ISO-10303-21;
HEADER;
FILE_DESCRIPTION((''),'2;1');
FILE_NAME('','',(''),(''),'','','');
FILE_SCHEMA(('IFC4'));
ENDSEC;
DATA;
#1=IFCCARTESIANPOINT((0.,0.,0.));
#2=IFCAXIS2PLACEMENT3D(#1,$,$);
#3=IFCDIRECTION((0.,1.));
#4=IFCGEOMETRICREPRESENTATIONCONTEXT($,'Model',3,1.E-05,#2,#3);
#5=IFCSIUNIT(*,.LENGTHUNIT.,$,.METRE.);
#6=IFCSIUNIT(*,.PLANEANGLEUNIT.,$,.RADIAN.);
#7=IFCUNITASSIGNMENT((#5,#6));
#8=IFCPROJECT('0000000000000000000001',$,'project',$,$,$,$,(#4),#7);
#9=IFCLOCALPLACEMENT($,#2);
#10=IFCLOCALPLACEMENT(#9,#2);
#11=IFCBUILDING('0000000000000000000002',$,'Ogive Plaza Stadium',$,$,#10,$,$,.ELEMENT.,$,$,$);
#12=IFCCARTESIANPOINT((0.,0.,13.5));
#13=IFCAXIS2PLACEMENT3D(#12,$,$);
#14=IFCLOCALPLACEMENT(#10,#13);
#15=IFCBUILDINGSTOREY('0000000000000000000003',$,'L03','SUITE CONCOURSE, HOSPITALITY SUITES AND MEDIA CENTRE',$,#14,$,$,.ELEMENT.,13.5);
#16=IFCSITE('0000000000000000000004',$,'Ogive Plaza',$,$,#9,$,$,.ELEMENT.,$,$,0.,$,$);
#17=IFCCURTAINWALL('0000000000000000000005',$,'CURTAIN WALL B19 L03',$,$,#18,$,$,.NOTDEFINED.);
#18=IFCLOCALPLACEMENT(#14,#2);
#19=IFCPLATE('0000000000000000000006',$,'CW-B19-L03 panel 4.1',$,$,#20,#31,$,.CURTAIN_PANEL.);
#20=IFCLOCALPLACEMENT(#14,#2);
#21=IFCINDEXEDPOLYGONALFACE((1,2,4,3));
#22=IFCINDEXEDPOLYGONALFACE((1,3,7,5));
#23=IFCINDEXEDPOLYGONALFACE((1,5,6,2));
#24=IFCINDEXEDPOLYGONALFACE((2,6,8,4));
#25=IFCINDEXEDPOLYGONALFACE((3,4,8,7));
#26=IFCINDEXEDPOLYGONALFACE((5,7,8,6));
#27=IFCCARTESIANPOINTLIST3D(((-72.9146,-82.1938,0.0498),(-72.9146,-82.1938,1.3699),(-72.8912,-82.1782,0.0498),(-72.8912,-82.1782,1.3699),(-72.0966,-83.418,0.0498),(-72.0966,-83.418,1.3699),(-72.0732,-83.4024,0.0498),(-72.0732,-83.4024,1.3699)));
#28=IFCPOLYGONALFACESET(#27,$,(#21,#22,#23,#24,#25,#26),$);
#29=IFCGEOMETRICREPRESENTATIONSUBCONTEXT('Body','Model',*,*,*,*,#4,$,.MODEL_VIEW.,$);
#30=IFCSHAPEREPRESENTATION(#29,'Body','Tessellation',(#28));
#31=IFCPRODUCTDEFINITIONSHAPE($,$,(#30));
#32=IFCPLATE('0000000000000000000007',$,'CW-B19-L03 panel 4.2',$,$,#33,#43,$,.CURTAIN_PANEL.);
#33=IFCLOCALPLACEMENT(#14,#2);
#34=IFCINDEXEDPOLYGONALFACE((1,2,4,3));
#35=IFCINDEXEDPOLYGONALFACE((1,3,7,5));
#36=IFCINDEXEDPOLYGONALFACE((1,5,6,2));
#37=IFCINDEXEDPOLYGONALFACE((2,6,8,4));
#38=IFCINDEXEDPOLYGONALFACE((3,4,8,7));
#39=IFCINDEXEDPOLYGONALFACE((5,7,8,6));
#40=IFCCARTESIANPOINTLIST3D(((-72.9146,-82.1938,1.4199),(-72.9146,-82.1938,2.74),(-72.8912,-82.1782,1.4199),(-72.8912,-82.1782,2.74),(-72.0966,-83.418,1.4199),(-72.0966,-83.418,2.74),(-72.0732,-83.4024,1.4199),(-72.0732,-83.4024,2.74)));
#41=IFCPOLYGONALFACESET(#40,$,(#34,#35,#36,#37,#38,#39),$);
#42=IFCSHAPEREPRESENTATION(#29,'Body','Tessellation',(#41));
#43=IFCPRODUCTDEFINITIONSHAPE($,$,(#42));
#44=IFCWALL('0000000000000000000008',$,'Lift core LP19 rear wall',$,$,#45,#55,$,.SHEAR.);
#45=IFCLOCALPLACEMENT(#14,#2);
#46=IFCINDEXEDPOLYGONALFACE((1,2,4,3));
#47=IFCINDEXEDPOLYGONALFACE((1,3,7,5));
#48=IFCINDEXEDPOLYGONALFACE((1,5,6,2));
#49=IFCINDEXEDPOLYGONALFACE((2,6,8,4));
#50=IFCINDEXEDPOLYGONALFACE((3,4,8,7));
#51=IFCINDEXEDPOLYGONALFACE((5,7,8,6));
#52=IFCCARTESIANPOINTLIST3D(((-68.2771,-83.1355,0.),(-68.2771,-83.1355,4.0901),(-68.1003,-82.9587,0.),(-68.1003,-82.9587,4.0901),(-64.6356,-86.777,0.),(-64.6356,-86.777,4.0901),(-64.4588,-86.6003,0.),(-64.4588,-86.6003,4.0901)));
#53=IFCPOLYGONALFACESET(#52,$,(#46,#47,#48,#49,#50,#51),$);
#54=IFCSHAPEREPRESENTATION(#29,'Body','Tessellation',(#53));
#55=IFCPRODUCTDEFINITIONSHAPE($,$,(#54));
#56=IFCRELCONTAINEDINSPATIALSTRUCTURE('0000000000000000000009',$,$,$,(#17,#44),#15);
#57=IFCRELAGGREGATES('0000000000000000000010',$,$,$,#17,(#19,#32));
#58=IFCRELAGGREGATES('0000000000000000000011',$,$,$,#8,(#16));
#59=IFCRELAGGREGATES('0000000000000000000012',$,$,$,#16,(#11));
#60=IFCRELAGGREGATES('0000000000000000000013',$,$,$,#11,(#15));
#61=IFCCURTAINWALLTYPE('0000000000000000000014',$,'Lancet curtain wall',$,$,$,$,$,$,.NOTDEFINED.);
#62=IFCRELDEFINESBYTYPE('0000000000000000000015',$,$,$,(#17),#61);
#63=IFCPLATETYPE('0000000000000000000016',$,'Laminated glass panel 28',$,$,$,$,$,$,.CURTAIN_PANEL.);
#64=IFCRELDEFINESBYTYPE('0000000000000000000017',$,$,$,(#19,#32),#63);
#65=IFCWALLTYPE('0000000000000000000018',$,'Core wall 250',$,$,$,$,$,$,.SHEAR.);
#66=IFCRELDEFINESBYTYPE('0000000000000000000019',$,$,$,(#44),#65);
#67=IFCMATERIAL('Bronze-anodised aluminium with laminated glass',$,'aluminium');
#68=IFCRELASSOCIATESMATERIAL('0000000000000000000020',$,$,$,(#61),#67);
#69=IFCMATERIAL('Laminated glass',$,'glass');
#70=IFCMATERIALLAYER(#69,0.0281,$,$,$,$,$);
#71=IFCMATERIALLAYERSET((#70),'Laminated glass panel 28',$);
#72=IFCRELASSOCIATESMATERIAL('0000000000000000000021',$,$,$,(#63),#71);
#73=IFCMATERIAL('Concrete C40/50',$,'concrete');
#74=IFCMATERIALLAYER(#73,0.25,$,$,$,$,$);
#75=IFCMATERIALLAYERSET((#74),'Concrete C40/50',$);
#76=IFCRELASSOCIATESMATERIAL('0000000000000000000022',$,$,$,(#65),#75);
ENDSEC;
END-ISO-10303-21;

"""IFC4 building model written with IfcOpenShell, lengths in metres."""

from ifc_helpers import new_model, si_unit, direction, frame, frame_2d, origin, origin_2d, place, context, subcontext, project, spatial, rectangle, extrude, material, layer, layer_set, type_object, element, aggregate, save


model = new_model("IFC4")

# Units and contexts
model_context = context("Model", 3, precision=1e-05, world=origin(), true_north=direction((0.0, 1.0)))
body_context = subcontext(model_context, "Body", "Model", "MODEL_VIEW")
ifc_project = project(units=[si_unit("LENGTHUNIT", "METRE"), si_unit("PLANEANGLEUNIT", "RADIAN")], contexts=[model_context])

# Site, building, storey
site_placement = place(None, origin())
site = spatial("IfcSite", under=ifc_project, at=site_placement, Name="Ogive Plaza", CompositionType="ELEMENT", RefElevation=0.0)
building_placement = place(site_placement, origin())
building = spatial("IfcBuilding", under=site, at=building_placement, Name="Ogive Plaza Stadium", CompositionType="ELEMENT")
storey_placement = place(building_placement, frame((0.0, 0.0, 13.5)))
storey = spatial("IfcBuildingStorey", under=building, at=storey_placement, Name="L03", Description="SUITE CONCOURSE, HOSPITALITY SUITES AND MEDIA CENTRE", CompositionType="ELEMENT", Elevation=13.5)

# Shared definitions
ifc_material_1 = material(Name="Bronze-anodised aluminium with laminated glass", Category="aluminium")
curtain_wall_type = type_object("IfcCurtainWallType", Name="Lancet curtain wall", PredefinedType="NOTDEFINED", material=ifc_material_1)

# Curtain wall
curtain_wall_1_placement = place(storey_placement, origin())
curtain_wall_1 = element("IfcCurtainWall", 1, at=curtain_wall_1_placement, inside=storey, type_object=curtain_wall_type, Name="CURTAIN WALL B19 L03", PredefinedType="NOTDEFINED")

# Plates
ifc_material_2 = material(Name="Laminated glass", Category="glass")
ifc_layer_1 = layer(ifc_material_2, 0.0281)
ifc_layer_set_1 = layer_set([ifc_layer_1], Name="Laminated glass panel 28")
plate_type = type_object("IfcPlateType", Name="Laminated glass panel 28", PredefinedType="CURTAIN_PANEL", material=ifc_layer_set_1)
plate_1_placement = place(storey_placement, frame((-72.4939, -82.7981, 0.0498), z_axis=(0.0, 0.0, 1.0), x_axis=(-0.55557, 0.83147, 0.0)))
plate_1 = element("IfcPlate", 2, at=plate_1_placement, type_object=plate_type, Name="CW-B19-L03 panel 4.1", PredefinedType="CURTAIN_PANEL", context=body_context, shape_type="SweptSolid", body=[
    extrude(rectangle(XDim=1.4724, YDim=0.0281, at=origin_2d()), origin(), (0.0, 0.0, 1.0), 1.3201),
])
plate_2_placement = place(storey_placement, frame((-72.4939, -82.7981, 1.4199), z_axis=(0.0, 0.0, 1.0), x_axis=(-0.55557, 0.83147, 0.0)))
plate_2 = element("IfcPlate", 3, at=plate_2_placement, type_object=plate_type, Name="CW-B19-L03 panel 4.2", PredefinedType="CURTAIN_PANEL", context=body_context, shape_type="SweptSolid", body=[
    extrude(rectangle(XDim=1.4724, YDim=0.0281, at=origin_2d()), origin(), (0.0, 0.0, 1.0), 1.3201),
])
aggregate(curtain_wall_1, [plate_1, plate_2])

# Wall
ifc_material_3 = material(Name="Concrete C40/50", Category="concrete")
ifc_layer_2 = layer(ifc_material_3, 0.25)
ifc_layer_set_2 = layer_set([ifc_layer_2], Name="Concrete C40/50")
wall_type = type_object("IfcWallType", Name="Core wall 250", PredefinedType="SHEAR", material=ifc_layer_set_2)
wall_placement = place(storey_placement, frame((-68.1887, -83.0471, 0.0), z_axis=(0.0, 0.0, 1.0), x_axis=(0.707107, -0.707107, 0.0)))
element("IfcWall", 4, at=wall_placement, inside=storey, type_object=wall_type, Name="Lift core LP19 rear wall", PredefinedType="SHEAR", context=body_context, shape_type="SweptSolid", body=[
    extrude(rectangle(XDim=5.1499, YDim=0.25, at=frame_2d((2.575, 0.0))), origin(), (0.0, 0.0, 1.0), 4.0901),
])

save(model, "model.ifc")
